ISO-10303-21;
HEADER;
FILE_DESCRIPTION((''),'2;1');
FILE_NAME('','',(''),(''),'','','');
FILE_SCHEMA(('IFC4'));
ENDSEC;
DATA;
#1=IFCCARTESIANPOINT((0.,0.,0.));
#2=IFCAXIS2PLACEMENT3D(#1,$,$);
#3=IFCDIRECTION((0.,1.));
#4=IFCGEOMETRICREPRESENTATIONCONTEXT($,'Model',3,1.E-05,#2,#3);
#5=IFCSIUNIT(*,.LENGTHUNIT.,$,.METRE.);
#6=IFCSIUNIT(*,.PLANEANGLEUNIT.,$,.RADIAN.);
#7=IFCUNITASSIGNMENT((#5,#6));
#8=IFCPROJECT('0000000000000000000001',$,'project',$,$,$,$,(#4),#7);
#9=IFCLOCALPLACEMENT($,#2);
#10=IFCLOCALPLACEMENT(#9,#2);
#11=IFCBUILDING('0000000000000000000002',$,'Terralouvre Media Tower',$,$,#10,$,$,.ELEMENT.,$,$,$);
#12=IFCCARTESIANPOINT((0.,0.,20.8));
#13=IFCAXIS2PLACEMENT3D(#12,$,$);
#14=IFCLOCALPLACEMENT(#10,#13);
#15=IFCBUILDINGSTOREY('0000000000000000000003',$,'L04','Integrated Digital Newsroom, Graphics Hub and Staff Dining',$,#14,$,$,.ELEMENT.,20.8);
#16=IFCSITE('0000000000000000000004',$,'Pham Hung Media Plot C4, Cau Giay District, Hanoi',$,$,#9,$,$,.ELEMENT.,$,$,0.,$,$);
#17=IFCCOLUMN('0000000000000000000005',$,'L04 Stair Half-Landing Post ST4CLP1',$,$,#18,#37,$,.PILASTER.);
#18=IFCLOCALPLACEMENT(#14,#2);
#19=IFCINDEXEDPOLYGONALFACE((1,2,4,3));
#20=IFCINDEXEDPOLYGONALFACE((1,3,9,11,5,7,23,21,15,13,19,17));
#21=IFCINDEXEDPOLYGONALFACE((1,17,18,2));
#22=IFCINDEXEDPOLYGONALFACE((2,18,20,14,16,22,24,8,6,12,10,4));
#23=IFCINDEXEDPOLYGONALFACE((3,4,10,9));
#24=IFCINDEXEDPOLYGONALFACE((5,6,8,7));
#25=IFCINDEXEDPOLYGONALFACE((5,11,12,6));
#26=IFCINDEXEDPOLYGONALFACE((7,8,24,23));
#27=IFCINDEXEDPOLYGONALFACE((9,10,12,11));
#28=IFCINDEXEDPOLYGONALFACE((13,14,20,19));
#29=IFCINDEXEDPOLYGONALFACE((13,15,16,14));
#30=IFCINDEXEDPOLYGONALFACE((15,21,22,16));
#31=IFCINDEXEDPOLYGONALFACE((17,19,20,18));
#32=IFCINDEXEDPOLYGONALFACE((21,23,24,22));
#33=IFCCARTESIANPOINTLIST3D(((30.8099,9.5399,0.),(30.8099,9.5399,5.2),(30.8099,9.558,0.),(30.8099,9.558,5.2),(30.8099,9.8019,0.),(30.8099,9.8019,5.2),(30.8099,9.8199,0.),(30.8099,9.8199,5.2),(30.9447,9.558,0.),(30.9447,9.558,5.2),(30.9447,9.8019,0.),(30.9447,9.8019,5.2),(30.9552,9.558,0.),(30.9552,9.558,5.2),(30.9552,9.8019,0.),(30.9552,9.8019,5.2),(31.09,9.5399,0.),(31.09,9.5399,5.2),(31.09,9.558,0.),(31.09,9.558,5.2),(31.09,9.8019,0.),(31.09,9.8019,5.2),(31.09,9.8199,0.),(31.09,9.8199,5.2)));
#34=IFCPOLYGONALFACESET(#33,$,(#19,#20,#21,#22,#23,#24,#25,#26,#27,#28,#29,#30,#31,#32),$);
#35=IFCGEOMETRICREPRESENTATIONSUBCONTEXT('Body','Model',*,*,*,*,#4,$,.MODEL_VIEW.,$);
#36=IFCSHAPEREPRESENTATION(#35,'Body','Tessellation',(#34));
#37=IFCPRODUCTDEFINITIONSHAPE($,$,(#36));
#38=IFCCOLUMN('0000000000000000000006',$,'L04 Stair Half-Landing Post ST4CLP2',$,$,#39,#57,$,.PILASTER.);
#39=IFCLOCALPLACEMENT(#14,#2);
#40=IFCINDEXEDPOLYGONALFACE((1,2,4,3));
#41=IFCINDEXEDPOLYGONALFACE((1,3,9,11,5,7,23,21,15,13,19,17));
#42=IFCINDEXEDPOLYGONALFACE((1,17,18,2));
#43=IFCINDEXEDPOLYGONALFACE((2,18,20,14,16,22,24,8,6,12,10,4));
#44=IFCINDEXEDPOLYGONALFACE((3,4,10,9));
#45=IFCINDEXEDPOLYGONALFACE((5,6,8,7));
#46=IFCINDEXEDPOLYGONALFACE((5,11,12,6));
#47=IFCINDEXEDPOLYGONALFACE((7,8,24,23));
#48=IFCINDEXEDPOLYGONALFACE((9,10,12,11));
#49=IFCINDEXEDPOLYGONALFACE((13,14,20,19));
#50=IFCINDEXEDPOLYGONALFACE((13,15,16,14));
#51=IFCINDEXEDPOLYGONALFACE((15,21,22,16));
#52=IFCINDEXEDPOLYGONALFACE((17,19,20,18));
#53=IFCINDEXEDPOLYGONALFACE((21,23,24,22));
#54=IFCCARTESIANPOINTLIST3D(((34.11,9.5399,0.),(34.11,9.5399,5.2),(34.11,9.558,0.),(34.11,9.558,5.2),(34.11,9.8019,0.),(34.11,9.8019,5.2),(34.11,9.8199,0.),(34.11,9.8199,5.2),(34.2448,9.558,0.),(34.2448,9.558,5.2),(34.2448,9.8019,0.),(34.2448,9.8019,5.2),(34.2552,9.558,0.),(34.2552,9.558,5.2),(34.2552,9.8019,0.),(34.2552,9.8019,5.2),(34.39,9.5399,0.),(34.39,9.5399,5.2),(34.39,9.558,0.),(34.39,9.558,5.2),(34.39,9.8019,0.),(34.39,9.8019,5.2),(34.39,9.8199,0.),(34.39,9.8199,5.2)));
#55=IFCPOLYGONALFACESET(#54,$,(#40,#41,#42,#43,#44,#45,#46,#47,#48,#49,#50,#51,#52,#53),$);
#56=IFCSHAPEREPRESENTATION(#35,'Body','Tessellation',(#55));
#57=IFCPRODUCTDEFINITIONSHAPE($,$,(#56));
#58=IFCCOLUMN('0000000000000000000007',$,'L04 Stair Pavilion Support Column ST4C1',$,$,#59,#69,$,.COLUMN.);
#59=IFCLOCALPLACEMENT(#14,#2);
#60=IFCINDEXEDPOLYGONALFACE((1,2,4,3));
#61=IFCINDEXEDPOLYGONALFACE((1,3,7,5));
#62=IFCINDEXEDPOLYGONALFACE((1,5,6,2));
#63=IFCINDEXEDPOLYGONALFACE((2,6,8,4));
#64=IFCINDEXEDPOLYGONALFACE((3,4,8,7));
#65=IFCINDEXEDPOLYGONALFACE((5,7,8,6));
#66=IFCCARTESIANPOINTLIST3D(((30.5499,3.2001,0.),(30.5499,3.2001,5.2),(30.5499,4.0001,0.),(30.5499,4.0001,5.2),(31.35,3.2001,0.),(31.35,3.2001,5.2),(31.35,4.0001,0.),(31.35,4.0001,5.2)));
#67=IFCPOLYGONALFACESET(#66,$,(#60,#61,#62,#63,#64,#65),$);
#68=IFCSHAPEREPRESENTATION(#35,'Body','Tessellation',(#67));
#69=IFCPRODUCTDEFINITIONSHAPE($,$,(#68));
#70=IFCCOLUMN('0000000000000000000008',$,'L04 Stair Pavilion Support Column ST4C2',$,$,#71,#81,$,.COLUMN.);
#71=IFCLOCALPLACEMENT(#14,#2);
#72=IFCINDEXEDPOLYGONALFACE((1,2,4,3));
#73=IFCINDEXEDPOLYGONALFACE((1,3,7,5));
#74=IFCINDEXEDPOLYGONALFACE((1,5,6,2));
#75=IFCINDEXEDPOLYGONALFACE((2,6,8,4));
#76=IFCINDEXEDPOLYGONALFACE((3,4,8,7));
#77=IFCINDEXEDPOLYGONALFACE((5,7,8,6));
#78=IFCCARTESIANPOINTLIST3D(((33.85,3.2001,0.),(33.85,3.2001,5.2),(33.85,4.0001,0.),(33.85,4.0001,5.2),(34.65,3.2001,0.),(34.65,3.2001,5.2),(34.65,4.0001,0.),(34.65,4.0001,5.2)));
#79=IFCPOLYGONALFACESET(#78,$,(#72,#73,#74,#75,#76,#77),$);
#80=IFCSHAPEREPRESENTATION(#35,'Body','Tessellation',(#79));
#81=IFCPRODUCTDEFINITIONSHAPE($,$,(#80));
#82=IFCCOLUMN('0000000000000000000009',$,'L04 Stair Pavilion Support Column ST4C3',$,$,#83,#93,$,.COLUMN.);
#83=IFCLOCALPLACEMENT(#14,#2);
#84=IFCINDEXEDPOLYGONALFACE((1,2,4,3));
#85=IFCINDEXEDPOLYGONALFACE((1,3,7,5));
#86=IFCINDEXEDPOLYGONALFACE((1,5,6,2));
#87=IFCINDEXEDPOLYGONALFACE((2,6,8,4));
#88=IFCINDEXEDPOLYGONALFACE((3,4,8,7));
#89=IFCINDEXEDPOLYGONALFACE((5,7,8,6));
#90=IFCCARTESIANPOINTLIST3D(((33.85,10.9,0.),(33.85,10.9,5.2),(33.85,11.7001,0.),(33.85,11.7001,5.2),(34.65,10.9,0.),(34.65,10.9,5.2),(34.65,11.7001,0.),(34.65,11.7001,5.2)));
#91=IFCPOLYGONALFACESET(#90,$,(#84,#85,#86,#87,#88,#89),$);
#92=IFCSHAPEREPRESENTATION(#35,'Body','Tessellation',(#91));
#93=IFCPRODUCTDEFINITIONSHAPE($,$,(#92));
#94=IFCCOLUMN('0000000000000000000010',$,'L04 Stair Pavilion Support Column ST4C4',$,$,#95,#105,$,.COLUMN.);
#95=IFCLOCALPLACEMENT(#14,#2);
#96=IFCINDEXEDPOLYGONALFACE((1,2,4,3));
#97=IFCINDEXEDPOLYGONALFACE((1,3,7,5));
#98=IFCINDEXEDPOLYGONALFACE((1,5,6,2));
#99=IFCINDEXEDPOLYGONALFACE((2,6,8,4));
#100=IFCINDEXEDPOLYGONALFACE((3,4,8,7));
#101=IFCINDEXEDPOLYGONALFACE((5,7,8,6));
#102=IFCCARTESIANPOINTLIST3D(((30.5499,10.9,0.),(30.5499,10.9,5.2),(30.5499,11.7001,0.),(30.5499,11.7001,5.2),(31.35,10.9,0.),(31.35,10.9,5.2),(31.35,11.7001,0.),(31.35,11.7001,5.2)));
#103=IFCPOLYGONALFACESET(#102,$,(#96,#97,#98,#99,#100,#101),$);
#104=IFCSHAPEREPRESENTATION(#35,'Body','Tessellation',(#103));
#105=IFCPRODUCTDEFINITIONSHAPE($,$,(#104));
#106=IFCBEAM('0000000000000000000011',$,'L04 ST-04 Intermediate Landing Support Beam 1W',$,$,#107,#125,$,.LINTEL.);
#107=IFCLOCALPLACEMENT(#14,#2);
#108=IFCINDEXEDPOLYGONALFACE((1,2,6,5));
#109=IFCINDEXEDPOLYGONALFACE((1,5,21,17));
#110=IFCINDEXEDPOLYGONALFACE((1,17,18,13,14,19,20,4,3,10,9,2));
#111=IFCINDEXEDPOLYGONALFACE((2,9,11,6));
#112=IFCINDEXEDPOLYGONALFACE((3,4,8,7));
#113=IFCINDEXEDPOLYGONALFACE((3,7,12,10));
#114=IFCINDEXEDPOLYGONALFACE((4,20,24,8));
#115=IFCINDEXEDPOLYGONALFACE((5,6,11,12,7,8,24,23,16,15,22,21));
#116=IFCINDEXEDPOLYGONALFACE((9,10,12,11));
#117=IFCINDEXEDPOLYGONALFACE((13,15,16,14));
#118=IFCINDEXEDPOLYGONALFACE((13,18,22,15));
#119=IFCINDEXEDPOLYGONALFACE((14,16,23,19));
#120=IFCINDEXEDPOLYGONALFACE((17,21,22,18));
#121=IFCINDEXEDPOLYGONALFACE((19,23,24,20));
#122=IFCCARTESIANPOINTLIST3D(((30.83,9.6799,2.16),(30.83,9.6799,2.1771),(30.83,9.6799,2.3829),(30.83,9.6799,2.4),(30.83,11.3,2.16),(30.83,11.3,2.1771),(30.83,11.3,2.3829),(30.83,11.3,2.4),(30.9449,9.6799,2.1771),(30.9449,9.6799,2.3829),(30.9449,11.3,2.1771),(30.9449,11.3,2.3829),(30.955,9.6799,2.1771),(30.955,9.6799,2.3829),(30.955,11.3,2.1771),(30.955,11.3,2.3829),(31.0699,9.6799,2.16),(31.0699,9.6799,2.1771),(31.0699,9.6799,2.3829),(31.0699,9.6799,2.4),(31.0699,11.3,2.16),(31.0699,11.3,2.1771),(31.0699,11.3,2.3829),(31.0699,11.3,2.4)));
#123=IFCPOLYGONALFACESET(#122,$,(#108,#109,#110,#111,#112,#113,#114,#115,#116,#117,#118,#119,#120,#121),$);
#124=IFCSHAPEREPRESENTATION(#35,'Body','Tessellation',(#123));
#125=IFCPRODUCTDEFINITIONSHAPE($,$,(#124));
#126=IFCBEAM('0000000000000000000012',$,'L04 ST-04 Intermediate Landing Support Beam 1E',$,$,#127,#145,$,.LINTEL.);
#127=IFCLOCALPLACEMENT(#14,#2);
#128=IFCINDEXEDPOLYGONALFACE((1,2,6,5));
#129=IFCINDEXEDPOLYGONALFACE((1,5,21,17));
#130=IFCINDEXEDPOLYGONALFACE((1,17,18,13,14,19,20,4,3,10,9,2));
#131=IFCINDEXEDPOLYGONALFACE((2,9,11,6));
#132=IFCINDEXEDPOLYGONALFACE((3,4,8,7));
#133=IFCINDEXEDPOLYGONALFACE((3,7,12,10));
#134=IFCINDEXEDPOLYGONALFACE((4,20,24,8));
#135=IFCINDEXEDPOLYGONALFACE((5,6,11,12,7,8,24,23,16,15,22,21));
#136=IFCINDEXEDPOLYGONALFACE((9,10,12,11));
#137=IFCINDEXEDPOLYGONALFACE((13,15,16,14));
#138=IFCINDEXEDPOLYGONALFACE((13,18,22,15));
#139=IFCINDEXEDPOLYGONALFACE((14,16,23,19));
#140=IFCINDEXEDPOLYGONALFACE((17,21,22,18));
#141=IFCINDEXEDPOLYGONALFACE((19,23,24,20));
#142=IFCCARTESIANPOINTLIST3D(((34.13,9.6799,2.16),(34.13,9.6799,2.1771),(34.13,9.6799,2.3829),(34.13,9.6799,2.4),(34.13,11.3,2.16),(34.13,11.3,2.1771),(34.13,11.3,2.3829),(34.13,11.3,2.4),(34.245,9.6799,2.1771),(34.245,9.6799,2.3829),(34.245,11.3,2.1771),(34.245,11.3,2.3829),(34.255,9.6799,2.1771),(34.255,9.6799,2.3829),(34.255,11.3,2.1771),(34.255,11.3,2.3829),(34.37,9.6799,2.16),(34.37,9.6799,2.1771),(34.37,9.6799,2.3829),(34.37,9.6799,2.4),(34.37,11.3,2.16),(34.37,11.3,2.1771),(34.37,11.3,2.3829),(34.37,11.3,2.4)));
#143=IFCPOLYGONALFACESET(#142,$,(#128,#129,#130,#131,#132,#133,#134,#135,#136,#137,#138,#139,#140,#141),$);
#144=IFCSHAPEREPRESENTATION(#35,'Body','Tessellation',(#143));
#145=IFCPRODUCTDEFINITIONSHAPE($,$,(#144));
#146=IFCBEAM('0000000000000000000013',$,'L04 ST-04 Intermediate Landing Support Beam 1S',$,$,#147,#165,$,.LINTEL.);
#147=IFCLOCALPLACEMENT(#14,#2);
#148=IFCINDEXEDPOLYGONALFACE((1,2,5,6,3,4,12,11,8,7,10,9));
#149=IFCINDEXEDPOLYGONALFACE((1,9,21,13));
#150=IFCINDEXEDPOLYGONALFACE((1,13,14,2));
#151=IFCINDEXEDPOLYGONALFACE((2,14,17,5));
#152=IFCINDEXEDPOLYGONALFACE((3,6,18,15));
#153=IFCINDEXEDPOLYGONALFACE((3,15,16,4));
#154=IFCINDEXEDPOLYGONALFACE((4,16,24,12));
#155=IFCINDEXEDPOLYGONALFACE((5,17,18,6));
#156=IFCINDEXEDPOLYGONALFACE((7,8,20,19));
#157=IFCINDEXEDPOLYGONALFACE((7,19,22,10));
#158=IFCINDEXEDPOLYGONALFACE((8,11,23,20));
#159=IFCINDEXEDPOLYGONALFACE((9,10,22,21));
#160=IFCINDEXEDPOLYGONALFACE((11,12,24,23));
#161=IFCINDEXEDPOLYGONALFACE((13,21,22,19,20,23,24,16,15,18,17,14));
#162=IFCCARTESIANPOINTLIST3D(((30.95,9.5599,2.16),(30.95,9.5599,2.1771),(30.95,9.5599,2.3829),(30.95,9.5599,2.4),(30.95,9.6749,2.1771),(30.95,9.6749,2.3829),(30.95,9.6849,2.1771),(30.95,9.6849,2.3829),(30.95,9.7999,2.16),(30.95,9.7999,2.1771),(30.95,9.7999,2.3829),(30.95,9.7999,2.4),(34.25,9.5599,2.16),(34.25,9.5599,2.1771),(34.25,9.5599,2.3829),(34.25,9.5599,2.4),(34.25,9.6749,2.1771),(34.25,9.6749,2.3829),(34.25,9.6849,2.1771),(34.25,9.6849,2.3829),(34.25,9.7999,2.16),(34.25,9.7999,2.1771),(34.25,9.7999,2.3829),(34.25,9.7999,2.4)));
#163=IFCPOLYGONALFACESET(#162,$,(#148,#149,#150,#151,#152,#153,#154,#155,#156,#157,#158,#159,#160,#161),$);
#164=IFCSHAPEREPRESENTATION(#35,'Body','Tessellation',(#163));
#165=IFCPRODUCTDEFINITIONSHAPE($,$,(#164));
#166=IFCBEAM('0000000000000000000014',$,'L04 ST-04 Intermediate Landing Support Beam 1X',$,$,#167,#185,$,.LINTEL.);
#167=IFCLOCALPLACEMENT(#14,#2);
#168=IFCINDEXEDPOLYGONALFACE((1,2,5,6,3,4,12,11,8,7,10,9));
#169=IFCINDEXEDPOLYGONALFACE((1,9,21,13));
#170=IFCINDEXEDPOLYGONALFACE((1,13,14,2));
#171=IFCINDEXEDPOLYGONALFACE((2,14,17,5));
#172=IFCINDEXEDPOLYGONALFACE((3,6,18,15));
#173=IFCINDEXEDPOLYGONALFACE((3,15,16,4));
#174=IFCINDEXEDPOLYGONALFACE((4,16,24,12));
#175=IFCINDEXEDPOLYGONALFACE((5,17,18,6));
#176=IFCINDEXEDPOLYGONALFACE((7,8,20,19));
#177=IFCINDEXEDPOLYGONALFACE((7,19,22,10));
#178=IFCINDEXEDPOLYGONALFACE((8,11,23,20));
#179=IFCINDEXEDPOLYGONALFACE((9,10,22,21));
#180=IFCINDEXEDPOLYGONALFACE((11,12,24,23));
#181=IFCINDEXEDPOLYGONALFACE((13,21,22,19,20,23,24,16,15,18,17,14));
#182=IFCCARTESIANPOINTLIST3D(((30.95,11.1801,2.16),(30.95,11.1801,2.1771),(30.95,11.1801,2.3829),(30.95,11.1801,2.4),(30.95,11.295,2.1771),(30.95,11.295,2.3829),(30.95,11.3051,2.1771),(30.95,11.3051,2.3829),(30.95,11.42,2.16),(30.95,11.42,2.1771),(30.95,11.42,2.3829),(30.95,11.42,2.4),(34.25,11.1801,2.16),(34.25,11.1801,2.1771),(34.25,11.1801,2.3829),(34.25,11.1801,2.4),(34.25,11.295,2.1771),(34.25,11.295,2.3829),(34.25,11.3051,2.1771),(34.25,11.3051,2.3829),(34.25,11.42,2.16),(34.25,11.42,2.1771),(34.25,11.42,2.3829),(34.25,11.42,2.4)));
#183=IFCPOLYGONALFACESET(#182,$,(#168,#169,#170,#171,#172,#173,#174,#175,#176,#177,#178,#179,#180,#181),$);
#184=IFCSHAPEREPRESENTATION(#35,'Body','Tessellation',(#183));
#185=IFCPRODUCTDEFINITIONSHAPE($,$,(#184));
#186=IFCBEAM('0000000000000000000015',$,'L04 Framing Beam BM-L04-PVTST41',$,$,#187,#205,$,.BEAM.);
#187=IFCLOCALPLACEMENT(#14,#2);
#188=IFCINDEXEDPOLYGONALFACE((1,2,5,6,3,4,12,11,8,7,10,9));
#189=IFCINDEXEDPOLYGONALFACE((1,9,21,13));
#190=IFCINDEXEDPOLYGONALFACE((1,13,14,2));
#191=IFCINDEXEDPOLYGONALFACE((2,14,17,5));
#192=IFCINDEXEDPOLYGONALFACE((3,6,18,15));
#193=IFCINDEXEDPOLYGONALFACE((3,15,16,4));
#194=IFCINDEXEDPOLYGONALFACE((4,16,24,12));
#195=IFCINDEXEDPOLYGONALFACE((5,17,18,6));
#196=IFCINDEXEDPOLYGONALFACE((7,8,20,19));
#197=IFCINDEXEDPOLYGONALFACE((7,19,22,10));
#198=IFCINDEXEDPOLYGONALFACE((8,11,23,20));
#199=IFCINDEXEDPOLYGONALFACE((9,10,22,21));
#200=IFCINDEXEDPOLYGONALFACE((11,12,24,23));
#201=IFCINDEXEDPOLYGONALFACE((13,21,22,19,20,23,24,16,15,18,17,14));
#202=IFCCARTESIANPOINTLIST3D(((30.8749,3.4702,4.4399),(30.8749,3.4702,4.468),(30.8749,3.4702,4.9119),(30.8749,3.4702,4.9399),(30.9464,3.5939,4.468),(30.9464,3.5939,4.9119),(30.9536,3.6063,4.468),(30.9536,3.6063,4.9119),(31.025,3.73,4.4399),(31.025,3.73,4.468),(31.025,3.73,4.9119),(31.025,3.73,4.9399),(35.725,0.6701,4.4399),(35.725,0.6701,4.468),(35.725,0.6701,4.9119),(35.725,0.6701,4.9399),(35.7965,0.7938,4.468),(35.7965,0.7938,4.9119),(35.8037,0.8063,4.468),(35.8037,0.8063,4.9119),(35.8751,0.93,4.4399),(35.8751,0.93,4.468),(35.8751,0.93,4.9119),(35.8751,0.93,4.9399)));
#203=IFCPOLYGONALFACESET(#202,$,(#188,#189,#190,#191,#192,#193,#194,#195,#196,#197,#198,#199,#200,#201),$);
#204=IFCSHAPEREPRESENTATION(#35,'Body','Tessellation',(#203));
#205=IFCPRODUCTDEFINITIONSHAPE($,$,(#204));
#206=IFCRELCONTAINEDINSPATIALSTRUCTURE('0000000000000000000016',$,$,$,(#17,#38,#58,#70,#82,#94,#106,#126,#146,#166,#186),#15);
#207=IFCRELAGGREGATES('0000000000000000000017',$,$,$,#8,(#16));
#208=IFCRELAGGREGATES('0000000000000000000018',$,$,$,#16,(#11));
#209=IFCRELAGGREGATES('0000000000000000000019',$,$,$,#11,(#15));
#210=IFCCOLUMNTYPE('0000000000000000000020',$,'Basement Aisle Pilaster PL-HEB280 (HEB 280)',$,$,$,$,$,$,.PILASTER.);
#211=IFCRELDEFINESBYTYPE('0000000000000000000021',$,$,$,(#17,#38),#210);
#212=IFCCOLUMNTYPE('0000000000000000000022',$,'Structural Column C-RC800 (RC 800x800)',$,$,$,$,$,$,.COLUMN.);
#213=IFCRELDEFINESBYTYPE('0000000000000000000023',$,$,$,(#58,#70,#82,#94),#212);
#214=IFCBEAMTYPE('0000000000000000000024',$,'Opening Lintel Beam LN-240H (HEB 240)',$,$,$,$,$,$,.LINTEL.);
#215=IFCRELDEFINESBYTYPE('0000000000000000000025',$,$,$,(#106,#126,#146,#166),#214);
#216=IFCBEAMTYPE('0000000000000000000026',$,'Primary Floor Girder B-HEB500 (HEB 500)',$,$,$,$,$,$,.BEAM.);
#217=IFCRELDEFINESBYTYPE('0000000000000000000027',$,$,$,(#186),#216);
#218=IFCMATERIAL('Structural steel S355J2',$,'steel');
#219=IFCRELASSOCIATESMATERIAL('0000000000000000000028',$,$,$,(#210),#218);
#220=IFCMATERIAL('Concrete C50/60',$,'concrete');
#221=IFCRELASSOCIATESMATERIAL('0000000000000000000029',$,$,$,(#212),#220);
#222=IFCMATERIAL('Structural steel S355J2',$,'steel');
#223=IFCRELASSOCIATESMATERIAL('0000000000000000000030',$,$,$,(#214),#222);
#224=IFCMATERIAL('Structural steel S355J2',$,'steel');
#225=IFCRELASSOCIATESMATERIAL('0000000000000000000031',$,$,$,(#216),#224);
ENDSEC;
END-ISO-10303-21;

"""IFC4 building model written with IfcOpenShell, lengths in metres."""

from ifc_helpers import new_model, si_unit, direction, frame, origin, origin_2d, place, context, subcontext, project, spatial, rectangle, i_section, extrude, material, material_profile, profile_set, type_object, element, save


model = new_model("IFC4")

# Units and contexts
model_context = context("Model", 3, precision=1e-05, world=origin(), true_north=direction((0.0, 1.0)))
body_context = subcontext(model_context, "Body", "Model", "MODEL_VIEW")
ifc_project = project(units=[si_unit("LENGTHUNIT", "METRE"), si_unit("PLANEANGLEUNIT", "RADIAN")], contexts=[model_context])

# Site, building, storey
site_placement = place(None, origin())
site = spatial("IfcSite", under=ifc_project, at=site_placement, Name="Pham Hung Media Plot C4, Cau Giay District, Hanoi", CompositionType="ELEMENT", RefElevation=0.0)
building_placement = place(site_placement, origin())
building = spatial("IfcBuilding", under=site, at=building_placement, Name="Terralouvre Media Tower", CompositionType="ELEMENT")
storey_placement = place(building_placement, frame((0.0, 0.0, 20.8)))
storey = spatial("IfcBuildingStorey", under=building, at=storey_placement, Name="L04", Description="Integrated Digital Newsroom, Graphics Hub and Staff Dining", CompositionType="ELEMENT", Elevation=20.8)

# Columns
ifc_material_1 = material(Name="Structural steel S355J2", Category="steel")
ifc_material_profile_1 = material_profile(ifc_material_1, i_section(OverallWidth=0.28, OverallDepth=0.28, WebThickness=0.0105, FlangeThickness=0.0181, at=origin_2d()), Name="HEB 280")
ifc_profile_set_1 = profile_set([ifc_material_profile_1], Name="Structural steel S355J2")
column_type_1 = type_object("IfcColumnType", Name="Basement Aisle Pilaster PL-HEB280 (HEB 280)", PredefinedType="PILASTER", material=ifc_profile_set_1)
for number, where, z_axis, x_axis, name in (
    (1, (30.95, 9.6799, 0.0), (0.0, 0.0, 1.0), (1.0, 0.0, 0.0), "L04 Stair Half-Landing Post ST4CLP1"),
    (2, (34.25, 9.6799, 0.0), (0.0, 0.0, 1.0), (1.0, 0.0, 0.0), "L04 Stair Half-Landing Post ST4CLP2"),
):
    element("IfcColumn", number, at=place(storey_placement, frame(where, z_axis=z_axis, x_axis=x_axis)), inside=storey, type_object=column_type_1, Name=name, PredefinedType="PILASTER", context=body_context, shape_type="SweptSolid", body=[
        extrude(i_section(OverallWidth=0.28, OverallDepth=0.28, WebThickness=0.0105, FlangeThickness=0.0181, at=origin_2d()), origin(), (0.0, 0.0, 1.0), 5.2),
    ])
ifc_material_2 = material(Name="Concrete C50/60", Category="concrete")
ifc_material_profile_2 = material_profile(ifc_material_2, rectangle(XDim=0.8, YDim=0.8, at=origin_2d()), Name="RC 800x800")
ifc_profile_set_2 = profile_set([ifc_material_profile_2], Name="Concrete C50/60")
column_type_2 = type_object("IfcColumnType", Name="Structural Column C-RC800 (RC 800x800)", PredefinedType="COLUMN", material=ifc_profile_set_2)
for number, where, z_axis, x_axis, name in (
    (3, (30.95, 3.6001, 0.0), (0.0, 0.0, 1.0), (1.0, 0.0, 0.0), "L04 Stair Pavilion Support Column ST4C1"),
    (4, (34.25, 3.6001, 0.0), (0.0, 0.0, 1.0), (1.0, 0.0, 0.0), "L04 Stair Pavilion Support Column ST4C2"),
    (5, (34.25, 11.3, 0.0), (0.0, 0.0, 1.0), (1.0, 0.0, 0.0), "L04 Stair Pavilion Support Column ST4C3"),
    (6, (30.95, 11.3, 0.0), (0.0, 0.0, 1.0), (1.0, 0.0, 0.0), "L04 Stair Pavilion Support Column ST4C4"),
):
    element("IfcColumn", number, at=place(storey_placement, frame(where, z_axis=z_axis, x_axis=x_axis)), inside=storey, type_object=column_type_2, Name=name, PredefinedType="COLUMN", context=body_context, shape_type="SweptSolid", body=[
        extrude(rectangle(XDim=0.8, YDim=0.8, at=origin_2d()), origin(), (0.0, 0.0, 1.0), 5.2),
    ])

# Beams
ifc_material_3 = material(Name="Structural steel S355J2", Category="steel")
ifc_material_profile_3 = material_profile(ifc_material_3, i_section(OverallWidth=0.24, OverallDepth=0.24, WebThickness=0.01, FlangeThickness=0.0171, at=origin_2d()), Name="HEB 240")
ifc_profile_set_3 = profile_set([ifc_material_profile_3], Name="Structural steel S355J2")
beam_type_1 = type_object("IfcBeamType", Name="Opening Lintel Beam LN-240H (HEB 240)", PredefinedType="LINTEL", material=ifc_profile_set_3)
for number, where, z_axis, x_axis, name in (
    (7, (30.95, 9.6799, 2.28), (0.0, 1.0, 0.0), (-1.0, 0.0, 0.0), "L04 ST-04 Intermediate Landing Support Beam 1W"),
    (8, (34.25, 9.6799, 2.28), (0.0, 1.0, 0.0), (-1.0, 0.0, 0.0), "L04 ST-04 Intermediate Landing Support Beam 1E"),
):
    element("IfcBeam", number, at=place(storey_placement, frame(where, z_axis=z_axis, x_axis=x_axis)), inside=storey, type_object=beam_type_1, Name=name, PredefinedType="LINTEL", context=body_context, shape_type="SweptSolid", body=[
        extrude(i_section(OverallWidth=0.24, OverallDepth=0.24, WebThickness=0.01, FlangeThickness=0.0171, at=origin_2d()), origin(), (0.0, 0.0, 1.0), 1.6201),
    ])
for number, where, z_axis, x_axis, name in (
    (9, (30.95, 9.6799, 2.28), (1.0, 0.0, 0.0), (0.0, 1.0, 0.0), "L04 ST-04 Intermediate Landing Support Beam 1S"),
    (10, (30.95, 11.3, 2.28), (1.0, 0.0, 0.0), (0.0, 1.0, 0.0), "L04 ST-04 Intermediate Landing Support Beam 1X"),
):
    element("IfcBeam", number, at=place(storey_placement, frame(where, z_axis=z_axis, x_axis=x_axis)), inside=storey, type_object=beam_type_1, Name=name, PredefinedType="LINTEL", context=body_context, shape_type="SweptSolid", body=[
        extrude(i_section(OverallWidth=0.24, OverallDepth=0.24, WebThickness=0.01, FlangeThickness=0.0171, at=origin_2d()), origin(), (0.0, 0.0, 1.0), 3.3),
    ])
ifc_material_4 = material(Name="Structural steel S355J2", Category="steel")
ifc_material_profile_4 = material_profile(ifc_material_4, i_section(OverallWidth=0.3, OverallDepth=0.5, WebThickness=0.0144, FlangeThickness=0.0281, at=origin_2d()), Name="HEB 500")
ifc_profile_set_4 = profile_set([ifc_material_profile_4], Name="Structural steel S355J2")
beam_type_2 = type_object("IfcBeamType", Name="Primary Floor Girder B-HEB500 (HEB 500)", PredefinedType="BEAM", material=ifc_profile_set_4)
beam_1_placement = place(storey_placement, frame((30.95, 3.6001, 4.6899), z_axis=(0.866037, -0.499979, 0.0), x_axis=(0.499979, 0.866037, 0.0)))
element("IfcBeam", 11, at=beam_1_placement, inside=storey, type_object=beam_type_2, Name="L04 Framing Beam BM-L04-PVTST41", PredefinedType="BEAM", context=body_context, shape_type="SweptSolid", body=[
    extrude(i_section(OverallWidth=0.3, OverallDepth=0.5, WebThickness=0.0144, FlangeThickness=0.0281, at=origin_2d()), origin(), (0.0, 0.0, 1.0), 5.6003),
])

save(model, "model.ifc")
